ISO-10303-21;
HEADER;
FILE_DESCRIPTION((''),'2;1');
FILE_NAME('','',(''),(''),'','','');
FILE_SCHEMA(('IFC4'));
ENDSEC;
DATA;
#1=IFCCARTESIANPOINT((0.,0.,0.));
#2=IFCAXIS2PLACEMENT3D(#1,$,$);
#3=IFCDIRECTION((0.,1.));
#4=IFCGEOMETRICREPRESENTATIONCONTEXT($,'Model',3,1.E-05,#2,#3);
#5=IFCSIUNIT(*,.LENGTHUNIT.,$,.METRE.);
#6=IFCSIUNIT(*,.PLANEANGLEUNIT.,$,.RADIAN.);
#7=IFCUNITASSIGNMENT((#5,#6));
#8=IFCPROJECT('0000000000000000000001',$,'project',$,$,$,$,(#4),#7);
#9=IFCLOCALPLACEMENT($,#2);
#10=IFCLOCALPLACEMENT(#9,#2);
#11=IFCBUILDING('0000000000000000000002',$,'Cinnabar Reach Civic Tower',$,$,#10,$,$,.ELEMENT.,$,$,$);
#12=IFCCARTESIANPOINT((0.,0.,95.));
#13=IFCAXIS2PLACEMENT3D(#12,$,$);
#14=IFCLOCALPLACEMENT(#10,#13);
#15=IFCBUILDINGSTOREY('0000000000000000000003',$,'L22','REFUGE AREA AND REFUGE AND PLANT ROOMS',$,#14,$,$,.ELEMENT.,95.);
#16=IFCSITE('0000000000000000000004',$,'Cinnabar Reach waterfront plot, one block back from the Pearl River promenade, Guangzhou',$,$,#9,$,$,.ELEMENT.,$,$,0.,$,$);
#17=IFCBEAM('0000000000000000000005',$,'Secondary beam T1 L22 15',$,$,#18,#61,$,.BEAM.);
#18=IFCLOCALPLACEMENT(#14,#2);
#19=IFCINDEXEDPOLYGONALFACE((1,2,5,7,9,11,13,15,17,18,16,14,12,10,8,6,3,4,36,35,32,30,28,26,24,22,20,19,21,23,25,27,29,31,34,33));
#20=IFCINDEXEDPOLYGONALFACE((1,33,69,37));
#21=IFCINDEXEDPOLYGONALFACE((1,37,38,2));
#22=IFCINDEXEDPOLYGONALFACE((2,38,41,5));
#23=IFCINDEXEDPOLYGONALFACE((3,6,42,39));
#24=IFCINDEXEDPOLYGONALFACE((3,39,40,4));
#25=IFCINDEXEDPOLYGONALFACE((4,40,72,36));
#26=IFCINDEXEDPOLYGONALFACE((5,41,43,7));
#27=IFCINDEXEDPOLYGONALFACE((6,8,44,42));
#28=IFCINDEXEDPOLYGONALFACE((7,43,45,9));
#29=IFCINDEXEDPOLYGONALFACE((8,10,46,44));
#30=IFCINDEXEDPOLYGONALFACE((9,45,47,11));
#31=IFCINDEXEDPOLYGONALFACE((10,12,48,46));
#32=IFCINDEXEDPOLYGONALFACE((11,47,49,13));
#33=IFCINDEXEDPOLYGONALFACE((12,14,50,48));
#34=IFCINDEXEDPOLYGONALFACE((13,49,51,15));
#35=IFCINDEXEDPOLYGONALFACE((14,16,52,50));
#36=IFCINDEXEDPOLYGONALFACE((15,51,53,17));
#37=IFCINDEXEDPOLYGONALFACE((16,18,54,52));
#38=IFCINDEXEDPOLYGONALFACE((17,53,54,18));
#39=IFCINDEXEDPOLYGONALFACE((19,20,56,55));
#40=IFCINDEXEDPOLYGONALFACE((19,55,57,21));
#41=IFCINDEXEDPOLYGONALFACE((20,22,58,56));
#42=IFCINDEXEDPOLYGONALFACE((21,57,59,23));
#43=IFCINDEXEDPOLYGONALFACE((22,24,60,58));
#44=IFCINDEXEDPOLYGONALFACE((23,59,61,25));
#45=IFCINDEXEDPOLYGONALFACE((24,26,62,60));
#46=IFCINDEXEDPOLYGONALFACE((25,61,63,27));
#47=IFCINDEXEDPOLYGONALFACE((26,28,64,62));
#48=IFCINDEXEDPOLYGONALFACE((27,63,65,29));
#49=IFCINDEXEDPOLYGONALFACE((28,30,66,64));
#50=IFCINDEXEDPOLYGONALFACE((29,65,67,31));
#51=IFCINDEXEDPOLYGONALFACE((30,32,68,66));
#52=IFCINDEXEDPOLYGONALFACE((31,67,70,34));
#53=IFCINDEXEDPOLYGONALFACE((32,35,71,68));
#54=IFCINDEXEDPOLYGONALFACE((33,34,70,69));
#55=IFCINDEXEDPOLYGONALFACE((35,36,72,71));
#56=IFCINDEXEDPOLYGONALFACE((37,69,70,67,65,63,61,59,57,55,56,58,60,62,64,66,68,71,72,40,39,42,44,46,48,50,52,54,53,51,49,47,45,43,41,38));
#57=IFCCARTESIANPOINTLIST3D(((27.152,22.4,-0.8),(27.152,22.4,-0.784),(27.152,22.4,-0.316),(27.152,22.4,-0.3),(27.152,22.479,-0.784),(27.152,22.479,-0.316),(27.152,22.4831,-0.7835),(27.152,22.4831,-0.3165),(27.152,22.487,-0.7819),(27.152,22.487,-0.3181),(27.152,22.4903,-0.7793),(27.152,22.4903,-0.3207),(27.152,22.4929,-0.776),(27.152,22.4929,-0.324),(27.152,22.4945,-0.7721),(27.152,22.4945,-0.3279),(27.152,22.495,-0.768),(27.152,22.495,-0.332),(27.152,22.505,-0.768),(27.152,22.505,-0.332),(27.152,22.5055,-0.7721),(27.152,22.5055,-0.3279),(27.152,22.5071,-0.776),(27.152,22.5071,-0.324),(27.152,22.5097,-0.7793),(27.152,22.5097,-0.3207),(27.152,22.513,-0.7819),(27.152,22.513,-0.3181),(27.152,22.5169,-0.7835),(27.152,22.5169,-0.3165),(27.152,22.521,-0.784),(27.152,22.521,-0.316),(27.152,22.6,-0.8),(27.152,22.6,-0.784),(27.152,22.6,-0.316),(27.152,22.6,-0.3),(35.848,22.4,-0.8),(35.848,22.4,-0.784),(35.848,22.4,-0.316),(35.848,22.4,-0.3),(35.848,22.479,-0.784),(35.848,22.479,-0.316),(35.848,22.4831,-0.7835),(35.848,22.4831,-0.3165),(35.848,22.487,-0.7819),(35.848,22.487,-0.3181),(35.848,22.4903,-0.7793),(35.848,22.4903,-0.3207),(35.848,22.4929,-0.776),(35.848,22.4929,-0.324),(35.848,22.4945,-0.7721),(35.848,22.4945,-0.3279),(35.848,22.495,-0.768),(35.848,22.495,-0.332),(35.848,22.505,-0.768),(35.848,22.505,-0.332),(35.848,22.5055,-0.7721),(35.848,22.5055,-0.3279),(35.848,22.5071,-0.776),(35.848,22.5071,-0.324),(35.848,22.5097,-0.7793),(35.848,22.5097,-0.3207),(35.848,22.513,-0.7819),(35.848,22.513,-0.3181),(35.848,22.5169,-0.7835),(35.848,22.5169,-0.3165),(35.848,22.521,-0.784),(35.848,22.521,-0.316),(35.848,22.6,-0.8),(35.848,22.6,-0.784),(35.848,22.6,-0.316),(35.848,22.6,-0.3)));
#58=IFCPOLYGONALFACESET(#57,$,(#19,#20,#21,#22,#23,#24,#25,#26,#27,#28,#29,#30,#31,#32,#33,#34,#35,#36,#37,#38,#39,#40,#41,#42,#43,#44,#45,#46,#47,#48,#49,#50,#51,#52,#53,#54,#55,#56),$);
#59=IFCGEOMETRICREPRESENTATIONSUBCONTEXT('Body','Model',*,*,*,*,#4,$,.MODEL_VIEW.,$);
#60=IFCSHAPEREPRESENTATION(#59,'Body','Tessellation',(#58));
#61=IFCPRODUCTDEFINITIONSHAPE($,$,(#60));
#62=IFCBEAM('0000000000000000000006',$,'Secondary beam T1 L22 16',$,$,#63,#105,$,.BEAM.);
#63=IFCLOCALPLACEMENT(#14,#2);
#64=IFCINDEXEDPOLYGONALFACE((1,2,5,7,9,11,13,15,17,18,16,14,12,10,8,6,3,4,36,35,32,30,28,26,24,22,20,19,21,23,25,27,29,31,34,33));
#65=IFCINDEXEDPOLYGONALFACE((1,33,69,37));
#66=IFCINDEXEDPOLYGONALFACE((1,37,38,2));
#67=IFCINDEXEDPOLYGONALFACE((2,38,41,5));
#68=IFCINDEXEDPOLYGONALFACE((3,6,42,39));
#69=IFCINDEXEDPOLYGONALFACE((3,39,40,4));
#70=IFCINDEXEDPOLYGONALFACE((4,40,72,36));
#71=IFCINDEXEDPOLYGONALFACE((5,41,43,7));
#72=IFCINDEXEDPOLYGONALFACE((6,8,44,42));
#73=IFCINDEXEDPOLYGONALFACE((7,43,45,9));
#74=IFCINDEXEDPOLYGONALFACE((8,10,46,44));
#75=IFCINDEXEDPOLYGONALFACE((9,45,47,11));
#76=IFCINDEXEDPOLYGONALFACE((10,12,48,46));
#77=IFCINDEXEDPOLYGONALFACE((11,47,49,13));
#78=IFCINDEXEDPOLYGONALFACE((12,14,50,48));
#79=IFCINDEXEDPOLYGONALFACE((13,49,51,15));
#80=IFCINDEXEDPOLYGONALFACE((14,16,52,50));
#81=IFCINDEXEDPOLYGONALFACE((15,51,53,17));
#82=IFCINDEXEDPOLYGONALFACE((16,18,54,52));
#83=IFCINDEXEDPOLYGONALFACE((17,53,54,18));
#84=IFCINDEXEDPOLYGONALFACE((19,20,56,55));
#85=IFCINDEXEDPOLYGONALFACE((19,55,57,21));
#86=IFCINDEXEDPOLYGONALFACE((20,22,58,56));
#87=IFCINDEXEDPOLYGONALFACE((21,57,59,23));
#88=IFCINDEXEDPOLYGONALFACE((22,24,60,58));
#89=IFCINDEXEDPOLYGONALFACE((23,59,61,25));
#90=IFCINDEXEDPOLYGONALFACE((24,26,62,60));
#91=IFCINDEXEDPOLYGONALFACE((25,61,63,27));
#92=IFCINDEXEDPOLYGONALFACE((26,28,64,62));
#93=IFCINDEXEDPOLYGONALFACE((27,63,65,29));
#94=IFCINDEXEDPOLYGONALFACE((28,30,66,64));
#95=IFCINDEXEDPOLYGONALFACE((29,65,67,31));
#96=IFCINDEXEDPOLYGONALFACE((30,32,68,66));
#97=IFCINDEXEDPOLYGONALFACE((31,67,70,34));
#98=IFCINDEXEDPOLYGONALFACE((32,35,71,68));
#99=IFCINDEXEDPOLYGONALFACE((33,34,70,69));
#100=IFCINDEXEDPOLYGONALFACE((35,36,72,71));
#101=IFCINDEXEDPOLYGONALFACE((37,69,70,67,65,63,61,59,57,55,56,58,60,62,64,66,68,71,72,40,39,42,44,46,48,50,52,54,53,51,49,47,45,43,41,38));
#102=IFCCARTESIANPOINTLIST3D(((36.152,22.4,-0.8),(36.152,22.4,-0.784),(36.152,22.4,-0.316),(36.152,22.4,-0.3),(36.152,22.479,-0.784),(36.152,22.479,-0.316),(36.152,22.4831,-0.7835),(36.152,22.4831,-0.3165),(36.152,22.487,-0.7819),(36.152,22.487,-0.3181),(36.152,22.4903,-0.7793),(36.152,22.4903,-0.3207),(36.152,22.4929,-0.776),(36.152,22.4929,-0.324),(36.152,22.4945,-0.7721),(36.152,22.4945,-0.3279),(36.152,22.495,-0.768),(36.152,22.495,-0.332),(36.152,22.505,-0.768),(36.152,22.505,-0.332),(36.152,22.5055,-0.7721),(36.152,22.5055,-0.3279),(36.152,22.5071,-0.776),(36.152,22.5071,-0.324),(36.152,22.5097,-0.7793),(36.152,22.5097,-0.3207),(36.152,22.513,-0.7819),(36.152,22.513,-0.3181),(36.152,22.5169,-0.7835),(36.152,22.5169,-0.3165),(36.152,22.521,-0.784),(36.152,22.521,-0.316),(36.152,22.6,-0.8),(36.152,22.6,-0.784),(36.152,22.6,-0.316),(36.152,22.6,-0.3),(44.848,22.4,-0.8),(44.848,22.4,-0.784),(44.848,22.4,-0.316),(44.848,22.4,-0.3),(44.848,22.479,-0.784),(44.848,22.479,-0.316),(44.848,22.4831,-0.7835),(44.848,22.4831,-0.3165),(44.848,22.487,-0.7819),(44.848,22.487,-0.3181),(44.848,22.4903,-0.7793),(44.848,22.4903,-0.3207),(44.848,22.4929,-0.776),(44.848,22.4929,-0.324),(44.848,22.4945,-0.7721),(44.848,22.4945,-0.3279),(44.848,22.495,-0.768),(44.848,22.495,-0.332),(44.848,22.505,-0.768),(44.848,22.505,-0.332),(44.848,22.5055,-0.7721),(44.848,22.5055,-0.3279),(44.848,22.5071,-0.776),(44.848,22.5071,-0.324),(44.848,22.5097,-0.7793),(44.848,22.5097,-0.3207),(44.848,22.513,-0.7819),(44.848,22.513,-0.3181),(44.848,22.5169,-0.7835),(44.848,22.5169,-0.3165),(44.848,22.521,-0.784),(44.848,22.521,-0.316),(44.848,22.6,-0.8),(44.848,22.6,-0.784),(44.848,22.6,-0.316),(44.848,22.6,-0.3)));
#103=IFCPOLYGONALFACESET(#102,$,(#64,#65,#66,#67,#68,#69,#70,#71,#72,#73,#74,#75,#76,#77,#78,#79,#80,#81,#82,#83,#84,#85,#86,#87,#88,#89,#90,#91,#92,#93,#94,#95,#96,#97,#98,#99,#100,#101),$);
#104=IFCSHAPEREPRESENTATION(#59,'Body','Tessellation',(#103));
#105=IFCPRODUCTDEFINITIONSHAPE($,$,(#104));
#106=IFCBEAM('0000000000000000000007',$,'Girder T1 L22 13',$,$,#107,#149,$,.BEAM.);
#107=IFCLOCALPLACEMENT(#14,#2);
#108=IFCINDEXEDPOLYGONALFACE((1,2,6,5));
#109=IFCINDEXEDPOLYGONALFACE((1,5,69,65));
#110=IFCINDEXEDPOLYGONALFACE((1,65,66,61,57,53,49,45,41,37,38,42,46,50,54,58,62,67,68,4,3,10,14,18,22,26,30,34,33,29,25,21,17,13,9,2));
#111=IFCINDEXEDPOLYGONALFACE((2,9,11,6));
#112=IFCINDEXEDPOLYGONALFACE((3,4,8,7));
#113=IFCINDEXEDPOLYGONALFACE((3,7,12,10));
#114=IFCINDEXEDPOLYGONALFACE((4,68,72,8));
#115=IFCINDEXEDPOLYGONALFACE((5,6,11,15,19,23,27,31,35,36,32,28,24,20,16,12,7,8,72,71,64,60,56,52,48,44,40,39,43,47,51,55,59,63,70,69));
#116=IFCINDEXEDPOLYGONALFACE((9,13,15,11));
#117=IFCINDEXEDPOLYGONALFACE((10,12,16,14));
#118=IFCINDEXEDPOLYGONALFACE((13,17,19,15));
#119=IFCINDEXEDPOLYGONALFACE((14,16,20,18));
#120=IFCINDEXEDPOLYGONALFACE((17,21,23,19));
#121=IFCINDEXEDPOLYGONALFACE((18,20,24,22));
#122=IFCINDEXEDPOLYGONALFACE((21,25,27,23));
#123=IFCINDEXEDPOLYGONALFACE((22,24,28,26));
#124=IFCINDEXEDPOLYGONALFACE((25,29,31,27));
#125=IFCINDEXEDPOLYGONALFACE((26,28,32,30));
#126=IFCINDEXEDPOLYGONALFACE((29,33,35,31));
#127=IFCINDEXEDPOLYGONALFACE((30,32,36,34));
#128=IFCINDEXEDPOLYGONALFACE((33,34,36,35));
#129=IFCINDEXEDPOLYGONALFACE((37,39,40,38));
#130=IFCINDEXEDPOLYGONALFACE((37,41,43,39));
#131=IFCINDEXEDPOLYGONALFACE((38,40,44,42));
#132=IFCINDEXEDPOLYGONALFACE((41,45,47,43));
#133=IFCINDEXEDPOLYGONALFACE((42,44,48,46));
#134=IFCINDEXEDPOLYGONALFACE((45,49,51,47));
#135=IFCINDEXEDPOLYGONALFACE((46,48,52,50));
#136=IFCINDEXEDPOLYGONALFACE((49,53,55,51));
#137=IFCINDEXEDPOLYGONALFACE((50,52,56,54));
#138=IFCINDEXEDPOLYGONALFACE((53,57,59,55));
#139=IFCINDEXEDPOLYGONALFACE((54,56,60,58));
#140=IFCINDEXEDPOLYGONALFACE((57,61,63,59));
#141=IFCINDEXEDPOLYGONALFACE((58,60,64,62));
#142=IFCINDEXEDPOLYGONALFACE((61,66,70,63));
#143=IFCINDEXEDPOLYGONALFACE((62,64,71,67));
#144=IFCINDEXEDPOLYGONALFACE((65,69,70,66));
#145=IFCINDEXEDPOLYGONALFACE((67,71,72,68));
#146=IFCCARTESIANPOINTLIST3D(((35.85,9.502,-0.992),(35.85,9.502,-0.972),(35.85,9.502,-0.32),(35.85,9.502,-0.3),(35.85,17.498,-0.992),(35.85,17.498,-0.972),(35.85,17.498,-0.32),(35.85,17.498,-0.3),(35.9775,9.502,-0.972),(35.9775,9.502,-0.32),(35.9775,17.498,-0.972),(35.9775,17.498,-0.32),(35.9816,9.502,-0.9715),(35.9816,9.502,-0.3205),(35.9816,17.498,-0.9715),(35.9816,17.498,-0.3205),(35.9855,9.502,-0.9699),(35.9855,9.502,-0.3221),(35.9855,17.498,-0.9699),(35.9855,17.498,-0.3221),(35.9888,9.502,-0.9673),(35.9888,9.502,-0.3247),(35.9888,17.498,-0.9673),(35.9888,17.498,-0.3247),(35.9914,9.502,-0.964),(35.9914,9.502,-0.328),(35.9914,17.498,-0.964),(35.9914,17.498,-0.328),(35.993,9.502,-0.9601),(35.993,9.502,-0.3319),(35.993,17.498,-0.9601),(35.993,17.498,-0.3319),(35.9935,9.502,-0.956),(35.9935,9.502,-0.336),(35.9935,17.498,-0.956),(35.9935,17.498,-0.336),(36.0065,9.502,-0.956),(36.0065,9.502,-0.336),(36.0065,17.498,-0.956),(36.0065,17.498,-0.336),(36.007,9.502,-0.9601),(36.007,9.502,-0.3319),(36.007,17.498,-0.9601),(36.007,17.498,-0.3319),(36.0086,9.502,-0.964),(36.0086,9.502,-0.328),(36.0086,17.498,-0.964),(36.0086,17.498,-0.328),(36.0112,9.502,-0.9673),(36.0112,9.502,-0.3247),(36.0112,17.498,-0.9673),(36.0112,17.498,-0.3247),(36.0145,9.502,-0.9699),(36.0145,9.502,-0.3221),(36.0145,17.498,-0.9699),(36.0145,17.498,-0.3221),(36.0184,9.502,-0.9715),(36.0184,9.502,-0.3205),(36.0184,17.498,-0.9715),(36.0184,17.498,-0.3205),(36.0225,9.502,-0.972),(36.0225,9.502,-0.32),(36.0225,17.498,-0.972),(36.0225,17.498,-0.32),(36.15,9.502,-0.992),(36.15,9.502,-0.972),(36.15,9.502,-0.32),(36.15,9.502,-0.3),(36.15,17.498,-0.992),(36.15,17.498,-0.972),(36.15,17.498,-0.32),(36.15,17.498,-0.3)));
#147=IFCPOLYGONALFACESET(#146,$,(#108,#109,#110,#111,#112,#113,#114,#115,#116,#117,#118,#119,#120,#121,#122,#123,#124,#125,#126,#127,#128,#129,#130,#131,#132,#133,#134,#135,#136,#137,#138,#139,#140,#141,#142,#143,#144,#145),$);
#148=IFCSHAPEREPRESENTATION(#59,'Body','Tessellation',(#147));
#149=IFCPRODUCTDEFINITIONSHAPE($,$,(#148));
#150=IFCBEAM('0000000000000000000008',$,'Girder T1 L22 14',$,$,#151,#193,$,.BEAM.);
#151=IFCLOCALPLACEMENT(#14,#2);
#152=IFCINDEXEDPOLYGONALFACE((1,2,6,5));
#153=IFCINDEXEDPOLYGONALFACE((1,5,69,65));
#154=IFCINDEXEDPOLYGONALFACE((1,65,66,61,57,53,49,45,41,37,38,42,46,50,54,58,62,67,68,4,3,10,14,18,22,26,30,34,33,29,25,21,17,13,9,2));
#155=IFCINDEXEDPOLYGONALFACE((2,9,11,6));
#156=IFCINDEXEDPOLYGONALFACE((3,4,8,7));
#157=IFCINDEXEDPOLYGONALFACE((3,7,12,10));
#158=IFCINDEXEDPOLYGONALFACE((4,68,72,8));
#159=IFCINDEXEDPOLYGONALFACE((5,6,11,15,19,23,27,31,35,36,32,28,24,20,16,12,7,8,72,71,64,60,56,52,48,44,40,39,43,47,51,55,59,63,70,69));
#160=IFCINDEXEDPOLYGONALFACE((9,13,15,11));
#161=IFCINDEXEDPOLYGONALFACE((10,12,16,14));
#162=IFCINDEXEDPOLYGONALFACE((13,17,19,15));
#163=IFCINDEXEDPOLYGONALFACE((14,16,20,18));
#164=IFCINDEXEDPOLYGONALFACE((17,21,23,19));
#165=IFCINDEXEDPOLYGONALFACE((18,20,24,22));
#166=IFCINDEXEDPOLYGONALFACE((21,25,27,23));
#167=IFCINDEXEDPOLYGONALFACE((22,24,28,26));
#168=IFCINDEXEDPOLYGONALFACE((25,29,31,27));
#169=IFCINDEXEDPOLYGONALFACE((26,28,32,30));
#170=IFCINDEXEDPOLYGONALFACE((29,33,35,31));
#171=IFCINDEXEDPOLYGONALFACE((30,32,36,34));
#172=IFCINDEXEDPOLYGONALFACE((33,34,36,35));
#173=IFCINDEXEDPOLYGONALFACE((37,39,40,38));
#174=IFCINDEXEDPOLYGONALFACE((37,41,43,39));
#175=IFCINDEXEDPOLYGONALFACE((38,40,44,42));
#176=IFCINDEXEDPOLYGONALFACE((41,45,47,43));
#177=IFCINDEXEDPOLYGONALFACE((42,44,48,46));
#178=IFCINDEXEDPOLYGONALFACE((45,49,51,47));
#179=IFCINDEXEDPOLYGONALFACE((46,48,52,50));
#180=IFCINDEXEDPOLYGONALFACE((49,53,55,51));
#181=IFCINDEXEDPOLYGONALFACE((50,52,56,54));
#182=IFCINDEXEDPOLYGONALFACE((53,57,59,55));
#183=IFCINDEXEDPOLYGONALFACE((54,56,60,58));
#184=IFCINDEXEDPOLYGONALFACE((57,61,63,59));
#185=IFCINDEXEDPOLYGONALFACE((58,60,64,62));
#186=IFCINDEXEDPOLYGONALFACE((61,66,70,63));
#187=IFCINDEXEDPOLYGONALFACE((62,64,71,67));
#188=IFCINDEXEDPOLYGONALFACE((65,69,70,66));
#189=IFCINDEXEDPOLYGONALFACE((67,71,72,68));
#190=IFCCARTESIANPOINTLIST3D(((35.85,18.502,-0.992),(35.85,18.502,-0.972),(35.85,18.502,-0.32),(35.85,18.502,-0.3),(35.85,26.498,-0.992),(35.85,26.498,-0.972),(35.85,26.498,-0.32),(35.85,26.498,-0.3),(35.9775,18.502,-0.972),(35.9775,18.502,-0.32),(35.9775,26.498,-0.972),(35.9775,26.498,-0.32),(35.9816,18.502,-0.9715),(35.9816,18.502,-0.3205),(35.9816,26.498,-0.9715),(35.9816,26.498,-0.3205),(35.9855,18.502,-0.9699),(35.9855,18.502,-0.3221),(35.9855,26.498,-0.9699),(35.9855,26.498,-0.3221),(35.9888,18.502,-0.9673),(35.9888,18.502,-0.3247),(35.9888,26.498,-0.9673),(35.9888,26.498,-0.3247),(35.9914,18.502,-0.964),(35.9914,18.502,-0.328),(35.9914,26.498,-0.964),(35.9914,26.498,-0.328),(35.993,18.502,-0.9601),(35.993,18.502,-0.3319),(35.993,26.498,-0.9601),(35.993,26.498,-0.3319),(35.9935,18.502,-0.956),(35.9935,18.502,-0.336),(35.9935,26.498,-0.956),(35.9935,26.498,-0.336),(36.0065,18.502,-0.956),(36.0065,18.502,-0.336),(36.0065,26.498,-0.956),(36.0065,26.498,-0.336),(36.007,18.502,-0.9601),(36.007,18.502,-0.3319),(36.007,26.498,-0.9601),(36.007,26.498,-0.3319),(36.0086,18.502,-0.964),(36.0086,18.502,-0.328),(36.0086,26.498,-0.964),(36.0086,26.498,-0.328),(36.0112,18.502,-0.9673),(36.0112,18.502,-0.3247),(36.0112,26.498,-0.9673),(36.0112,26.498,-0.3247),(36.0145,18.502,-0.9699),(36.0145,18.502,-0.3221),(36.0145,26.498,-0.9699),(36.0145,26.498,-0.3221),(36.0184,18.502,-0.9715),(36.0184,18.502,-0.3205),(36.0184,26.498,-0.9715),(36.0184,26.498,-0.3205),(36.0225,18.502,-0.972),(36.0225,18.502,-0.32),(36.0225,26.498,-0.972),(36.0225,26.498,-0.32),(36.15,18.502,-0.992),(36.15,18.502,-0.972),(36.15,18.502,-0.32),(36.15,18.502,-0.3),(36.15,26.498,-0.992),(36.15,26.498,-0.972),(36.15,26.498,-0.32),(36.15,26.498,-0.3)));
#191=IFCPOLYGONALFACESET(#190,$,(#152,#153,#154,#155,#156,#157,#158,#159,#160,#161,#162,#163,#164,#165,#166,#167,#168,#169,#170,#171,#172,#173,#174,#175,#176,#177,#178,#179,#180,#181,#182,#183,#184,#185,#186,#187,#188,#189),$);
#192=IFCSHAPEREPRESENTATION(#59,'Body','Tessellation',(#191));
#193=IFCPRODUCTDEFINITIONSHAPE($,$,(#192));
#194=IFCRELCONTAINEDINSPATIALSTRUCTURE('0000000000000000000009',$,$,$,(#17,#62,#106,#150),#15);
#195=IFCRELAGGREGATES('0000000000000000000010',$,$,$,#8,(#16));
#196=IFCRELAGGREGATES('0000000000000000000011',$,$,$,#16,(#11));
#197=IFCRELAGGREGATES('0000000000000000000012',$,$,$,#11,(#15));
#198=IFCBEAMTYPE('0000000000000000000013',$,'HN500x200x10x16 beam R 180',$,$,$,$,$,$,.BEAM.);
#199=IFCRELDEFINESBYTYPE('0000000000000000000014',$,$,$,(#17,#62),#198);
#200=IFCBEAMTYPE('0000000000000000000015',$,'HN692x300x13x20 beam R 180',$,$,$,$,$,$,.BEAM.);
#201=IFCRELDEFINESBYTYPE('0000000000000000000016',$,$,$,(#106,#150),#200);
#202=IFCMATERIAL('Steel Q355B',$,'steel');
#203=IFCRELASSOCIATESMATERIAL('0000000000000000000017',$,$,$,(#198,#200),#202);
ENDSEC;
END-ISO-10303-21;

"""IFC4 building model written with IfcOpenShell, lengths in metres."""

from ifc_helpers import new_model, si_unit, direction, frame, origin, origin_2d, place, context, subcontext, project, spatial, i_section, extrude, material, material_profile, profile_set, type_object, element, save


model = new_model("IFC4")

# Units and contexts
model_context = context("Model", 3, precision=1e-05, world=origin(), true_north=direction((0.0, 1.0)))
body_context = subcontext(model_context, "Body", "Model", "MODEL_VIEW")
ifc_project = project(units=[si_unit("LENGTHUNIT", "METRE"), si_unit("PLANEANGLEUNIT", "RADIAN")], contexts=[model_context])

# Site, building, storey
site_placement = place(None, origin())
site = spatial("IfcSite", under=ifc_project, at=site_placement, Name="Cinnabar Reach waterfront plot, one block back from the Pearl River promenade, Guangzhou", CompositionType="ELEMENT", RefElevation=0.0)
building_placement = place(site_placement, origin())
building = spatial("IfcBuilding", under=site, at=building_placement, Name="Cinnabar Reach Civic Tower", CompositionType="ELEMENT")
storey_placement = place(building_placement, frame((0.0, 0.0, 95.0)))
storey = spatial("IfcBuildingStorey", under=building, at=storey_placement, Name="L22", Description="REFUGE AREA AND REFUGE AND PLANT ROOMS", CompositionType="ELEMENT", Elevation=95.0)

# Beams
ifc_material_1 = material(Name="Steel Q355B", Category="steel")
ifc_material_profile_1 = material_profile(ifc_material_1, i_section(OverallWidth=0.2, OverallDepth=0.5, WebThickness=0.01, FlangeThickness=0.016, FilletRadius=0.016, at=origin_2d()), Name="HN500x200x10x16")
ifc_profile_set_1 = profile_set([ifc_material_profile_1], Name="Steel Q355B")
beam_type_1 = type_object("IfcBeamType", Name="HN500x200x10x16 beam R 180", PredefinedType="BEAM", material=ifc_profile_set_1)
for number, where, z_axis, x_axis, name in (
    (1, (27.152, 22.5, -0.55), (1.0, 0.0, 0.0), (0.0, 1.0, 0.0), "Secondary beam T1 L22 15"),
    (2, (36.152, 22.5, -0.55), (1.0, 0.0, 0.0), (0.0, 1.0, 0.0), "Secondary beam T1 L22 16"),
):
    element("IfcBeam", number, at=place(storey_placement, frame(where, z_axis=z_axis, x_axis=x_axis)), inside=storey, type_object=beam_type_1, Name=name, PredefinedType="BEAM", context=body_context, shape_type="SweptSolid", body=[
        extrude(i_section(OverallWidth=0.2, OverallDepth=0.5, WebThickness=0.01, FlangeThickness=0.016, FilletRadius=0.016, at=origin_2d()), origin(), (0.0, 0.0, 1.0), 8.696),
    ])
ifc_material_profile_2 = material_profile(ifc_material_1, i_section(OverallWidth=0.3, OverallDepth=0.692, WebThickness=0.013, FlangeThickness=0.02, FilletRadius=0.016, at=origin_2d()), Name="HN692x300x13x20")
ifc_profile_set_2 = profile_set([ifc_material_profile_2], Name="Steel Q355B")
beam_type_2 = type_object("IfcBeamType", Name="HN692x300x13x20 beam R 180", PredefinedType="BEAM", material=ifc_profile_set_2)
for number, where, z_axis, x_axis, name in (
    (3, (36.0, 9.502, -0.646), (0.0, 1.0, 0.0), (-1.0, 0.0, 0.0), "Girder T1 L22 13"),
    (4, (36.0, 18.502, -0.646), (0.0, 1.0, 0.0), (-1.0, 0.0, 0.0), "Girder T1 L22 14"),
):
    element("IfcBeam", number, at=place(storey_placement, frame(where, z_axis=z_axis, x_axis=x_axis)), inside=storey, type_object=beam_type_2, Name=name, PredefinedType="BEAM", context=body_context, shape_type="SweptSolid", body=[
        extrude(i_section(OverallWidth=0.3, OverallDepth=0.692, WebThickness=0.013, FlangeThickness=0.02, FilletRadius=0.016, at=origin_2d()), origin(), (0.0, 0.0, 1.0), 7.996),
    ])

save(model, "model.ifc")
